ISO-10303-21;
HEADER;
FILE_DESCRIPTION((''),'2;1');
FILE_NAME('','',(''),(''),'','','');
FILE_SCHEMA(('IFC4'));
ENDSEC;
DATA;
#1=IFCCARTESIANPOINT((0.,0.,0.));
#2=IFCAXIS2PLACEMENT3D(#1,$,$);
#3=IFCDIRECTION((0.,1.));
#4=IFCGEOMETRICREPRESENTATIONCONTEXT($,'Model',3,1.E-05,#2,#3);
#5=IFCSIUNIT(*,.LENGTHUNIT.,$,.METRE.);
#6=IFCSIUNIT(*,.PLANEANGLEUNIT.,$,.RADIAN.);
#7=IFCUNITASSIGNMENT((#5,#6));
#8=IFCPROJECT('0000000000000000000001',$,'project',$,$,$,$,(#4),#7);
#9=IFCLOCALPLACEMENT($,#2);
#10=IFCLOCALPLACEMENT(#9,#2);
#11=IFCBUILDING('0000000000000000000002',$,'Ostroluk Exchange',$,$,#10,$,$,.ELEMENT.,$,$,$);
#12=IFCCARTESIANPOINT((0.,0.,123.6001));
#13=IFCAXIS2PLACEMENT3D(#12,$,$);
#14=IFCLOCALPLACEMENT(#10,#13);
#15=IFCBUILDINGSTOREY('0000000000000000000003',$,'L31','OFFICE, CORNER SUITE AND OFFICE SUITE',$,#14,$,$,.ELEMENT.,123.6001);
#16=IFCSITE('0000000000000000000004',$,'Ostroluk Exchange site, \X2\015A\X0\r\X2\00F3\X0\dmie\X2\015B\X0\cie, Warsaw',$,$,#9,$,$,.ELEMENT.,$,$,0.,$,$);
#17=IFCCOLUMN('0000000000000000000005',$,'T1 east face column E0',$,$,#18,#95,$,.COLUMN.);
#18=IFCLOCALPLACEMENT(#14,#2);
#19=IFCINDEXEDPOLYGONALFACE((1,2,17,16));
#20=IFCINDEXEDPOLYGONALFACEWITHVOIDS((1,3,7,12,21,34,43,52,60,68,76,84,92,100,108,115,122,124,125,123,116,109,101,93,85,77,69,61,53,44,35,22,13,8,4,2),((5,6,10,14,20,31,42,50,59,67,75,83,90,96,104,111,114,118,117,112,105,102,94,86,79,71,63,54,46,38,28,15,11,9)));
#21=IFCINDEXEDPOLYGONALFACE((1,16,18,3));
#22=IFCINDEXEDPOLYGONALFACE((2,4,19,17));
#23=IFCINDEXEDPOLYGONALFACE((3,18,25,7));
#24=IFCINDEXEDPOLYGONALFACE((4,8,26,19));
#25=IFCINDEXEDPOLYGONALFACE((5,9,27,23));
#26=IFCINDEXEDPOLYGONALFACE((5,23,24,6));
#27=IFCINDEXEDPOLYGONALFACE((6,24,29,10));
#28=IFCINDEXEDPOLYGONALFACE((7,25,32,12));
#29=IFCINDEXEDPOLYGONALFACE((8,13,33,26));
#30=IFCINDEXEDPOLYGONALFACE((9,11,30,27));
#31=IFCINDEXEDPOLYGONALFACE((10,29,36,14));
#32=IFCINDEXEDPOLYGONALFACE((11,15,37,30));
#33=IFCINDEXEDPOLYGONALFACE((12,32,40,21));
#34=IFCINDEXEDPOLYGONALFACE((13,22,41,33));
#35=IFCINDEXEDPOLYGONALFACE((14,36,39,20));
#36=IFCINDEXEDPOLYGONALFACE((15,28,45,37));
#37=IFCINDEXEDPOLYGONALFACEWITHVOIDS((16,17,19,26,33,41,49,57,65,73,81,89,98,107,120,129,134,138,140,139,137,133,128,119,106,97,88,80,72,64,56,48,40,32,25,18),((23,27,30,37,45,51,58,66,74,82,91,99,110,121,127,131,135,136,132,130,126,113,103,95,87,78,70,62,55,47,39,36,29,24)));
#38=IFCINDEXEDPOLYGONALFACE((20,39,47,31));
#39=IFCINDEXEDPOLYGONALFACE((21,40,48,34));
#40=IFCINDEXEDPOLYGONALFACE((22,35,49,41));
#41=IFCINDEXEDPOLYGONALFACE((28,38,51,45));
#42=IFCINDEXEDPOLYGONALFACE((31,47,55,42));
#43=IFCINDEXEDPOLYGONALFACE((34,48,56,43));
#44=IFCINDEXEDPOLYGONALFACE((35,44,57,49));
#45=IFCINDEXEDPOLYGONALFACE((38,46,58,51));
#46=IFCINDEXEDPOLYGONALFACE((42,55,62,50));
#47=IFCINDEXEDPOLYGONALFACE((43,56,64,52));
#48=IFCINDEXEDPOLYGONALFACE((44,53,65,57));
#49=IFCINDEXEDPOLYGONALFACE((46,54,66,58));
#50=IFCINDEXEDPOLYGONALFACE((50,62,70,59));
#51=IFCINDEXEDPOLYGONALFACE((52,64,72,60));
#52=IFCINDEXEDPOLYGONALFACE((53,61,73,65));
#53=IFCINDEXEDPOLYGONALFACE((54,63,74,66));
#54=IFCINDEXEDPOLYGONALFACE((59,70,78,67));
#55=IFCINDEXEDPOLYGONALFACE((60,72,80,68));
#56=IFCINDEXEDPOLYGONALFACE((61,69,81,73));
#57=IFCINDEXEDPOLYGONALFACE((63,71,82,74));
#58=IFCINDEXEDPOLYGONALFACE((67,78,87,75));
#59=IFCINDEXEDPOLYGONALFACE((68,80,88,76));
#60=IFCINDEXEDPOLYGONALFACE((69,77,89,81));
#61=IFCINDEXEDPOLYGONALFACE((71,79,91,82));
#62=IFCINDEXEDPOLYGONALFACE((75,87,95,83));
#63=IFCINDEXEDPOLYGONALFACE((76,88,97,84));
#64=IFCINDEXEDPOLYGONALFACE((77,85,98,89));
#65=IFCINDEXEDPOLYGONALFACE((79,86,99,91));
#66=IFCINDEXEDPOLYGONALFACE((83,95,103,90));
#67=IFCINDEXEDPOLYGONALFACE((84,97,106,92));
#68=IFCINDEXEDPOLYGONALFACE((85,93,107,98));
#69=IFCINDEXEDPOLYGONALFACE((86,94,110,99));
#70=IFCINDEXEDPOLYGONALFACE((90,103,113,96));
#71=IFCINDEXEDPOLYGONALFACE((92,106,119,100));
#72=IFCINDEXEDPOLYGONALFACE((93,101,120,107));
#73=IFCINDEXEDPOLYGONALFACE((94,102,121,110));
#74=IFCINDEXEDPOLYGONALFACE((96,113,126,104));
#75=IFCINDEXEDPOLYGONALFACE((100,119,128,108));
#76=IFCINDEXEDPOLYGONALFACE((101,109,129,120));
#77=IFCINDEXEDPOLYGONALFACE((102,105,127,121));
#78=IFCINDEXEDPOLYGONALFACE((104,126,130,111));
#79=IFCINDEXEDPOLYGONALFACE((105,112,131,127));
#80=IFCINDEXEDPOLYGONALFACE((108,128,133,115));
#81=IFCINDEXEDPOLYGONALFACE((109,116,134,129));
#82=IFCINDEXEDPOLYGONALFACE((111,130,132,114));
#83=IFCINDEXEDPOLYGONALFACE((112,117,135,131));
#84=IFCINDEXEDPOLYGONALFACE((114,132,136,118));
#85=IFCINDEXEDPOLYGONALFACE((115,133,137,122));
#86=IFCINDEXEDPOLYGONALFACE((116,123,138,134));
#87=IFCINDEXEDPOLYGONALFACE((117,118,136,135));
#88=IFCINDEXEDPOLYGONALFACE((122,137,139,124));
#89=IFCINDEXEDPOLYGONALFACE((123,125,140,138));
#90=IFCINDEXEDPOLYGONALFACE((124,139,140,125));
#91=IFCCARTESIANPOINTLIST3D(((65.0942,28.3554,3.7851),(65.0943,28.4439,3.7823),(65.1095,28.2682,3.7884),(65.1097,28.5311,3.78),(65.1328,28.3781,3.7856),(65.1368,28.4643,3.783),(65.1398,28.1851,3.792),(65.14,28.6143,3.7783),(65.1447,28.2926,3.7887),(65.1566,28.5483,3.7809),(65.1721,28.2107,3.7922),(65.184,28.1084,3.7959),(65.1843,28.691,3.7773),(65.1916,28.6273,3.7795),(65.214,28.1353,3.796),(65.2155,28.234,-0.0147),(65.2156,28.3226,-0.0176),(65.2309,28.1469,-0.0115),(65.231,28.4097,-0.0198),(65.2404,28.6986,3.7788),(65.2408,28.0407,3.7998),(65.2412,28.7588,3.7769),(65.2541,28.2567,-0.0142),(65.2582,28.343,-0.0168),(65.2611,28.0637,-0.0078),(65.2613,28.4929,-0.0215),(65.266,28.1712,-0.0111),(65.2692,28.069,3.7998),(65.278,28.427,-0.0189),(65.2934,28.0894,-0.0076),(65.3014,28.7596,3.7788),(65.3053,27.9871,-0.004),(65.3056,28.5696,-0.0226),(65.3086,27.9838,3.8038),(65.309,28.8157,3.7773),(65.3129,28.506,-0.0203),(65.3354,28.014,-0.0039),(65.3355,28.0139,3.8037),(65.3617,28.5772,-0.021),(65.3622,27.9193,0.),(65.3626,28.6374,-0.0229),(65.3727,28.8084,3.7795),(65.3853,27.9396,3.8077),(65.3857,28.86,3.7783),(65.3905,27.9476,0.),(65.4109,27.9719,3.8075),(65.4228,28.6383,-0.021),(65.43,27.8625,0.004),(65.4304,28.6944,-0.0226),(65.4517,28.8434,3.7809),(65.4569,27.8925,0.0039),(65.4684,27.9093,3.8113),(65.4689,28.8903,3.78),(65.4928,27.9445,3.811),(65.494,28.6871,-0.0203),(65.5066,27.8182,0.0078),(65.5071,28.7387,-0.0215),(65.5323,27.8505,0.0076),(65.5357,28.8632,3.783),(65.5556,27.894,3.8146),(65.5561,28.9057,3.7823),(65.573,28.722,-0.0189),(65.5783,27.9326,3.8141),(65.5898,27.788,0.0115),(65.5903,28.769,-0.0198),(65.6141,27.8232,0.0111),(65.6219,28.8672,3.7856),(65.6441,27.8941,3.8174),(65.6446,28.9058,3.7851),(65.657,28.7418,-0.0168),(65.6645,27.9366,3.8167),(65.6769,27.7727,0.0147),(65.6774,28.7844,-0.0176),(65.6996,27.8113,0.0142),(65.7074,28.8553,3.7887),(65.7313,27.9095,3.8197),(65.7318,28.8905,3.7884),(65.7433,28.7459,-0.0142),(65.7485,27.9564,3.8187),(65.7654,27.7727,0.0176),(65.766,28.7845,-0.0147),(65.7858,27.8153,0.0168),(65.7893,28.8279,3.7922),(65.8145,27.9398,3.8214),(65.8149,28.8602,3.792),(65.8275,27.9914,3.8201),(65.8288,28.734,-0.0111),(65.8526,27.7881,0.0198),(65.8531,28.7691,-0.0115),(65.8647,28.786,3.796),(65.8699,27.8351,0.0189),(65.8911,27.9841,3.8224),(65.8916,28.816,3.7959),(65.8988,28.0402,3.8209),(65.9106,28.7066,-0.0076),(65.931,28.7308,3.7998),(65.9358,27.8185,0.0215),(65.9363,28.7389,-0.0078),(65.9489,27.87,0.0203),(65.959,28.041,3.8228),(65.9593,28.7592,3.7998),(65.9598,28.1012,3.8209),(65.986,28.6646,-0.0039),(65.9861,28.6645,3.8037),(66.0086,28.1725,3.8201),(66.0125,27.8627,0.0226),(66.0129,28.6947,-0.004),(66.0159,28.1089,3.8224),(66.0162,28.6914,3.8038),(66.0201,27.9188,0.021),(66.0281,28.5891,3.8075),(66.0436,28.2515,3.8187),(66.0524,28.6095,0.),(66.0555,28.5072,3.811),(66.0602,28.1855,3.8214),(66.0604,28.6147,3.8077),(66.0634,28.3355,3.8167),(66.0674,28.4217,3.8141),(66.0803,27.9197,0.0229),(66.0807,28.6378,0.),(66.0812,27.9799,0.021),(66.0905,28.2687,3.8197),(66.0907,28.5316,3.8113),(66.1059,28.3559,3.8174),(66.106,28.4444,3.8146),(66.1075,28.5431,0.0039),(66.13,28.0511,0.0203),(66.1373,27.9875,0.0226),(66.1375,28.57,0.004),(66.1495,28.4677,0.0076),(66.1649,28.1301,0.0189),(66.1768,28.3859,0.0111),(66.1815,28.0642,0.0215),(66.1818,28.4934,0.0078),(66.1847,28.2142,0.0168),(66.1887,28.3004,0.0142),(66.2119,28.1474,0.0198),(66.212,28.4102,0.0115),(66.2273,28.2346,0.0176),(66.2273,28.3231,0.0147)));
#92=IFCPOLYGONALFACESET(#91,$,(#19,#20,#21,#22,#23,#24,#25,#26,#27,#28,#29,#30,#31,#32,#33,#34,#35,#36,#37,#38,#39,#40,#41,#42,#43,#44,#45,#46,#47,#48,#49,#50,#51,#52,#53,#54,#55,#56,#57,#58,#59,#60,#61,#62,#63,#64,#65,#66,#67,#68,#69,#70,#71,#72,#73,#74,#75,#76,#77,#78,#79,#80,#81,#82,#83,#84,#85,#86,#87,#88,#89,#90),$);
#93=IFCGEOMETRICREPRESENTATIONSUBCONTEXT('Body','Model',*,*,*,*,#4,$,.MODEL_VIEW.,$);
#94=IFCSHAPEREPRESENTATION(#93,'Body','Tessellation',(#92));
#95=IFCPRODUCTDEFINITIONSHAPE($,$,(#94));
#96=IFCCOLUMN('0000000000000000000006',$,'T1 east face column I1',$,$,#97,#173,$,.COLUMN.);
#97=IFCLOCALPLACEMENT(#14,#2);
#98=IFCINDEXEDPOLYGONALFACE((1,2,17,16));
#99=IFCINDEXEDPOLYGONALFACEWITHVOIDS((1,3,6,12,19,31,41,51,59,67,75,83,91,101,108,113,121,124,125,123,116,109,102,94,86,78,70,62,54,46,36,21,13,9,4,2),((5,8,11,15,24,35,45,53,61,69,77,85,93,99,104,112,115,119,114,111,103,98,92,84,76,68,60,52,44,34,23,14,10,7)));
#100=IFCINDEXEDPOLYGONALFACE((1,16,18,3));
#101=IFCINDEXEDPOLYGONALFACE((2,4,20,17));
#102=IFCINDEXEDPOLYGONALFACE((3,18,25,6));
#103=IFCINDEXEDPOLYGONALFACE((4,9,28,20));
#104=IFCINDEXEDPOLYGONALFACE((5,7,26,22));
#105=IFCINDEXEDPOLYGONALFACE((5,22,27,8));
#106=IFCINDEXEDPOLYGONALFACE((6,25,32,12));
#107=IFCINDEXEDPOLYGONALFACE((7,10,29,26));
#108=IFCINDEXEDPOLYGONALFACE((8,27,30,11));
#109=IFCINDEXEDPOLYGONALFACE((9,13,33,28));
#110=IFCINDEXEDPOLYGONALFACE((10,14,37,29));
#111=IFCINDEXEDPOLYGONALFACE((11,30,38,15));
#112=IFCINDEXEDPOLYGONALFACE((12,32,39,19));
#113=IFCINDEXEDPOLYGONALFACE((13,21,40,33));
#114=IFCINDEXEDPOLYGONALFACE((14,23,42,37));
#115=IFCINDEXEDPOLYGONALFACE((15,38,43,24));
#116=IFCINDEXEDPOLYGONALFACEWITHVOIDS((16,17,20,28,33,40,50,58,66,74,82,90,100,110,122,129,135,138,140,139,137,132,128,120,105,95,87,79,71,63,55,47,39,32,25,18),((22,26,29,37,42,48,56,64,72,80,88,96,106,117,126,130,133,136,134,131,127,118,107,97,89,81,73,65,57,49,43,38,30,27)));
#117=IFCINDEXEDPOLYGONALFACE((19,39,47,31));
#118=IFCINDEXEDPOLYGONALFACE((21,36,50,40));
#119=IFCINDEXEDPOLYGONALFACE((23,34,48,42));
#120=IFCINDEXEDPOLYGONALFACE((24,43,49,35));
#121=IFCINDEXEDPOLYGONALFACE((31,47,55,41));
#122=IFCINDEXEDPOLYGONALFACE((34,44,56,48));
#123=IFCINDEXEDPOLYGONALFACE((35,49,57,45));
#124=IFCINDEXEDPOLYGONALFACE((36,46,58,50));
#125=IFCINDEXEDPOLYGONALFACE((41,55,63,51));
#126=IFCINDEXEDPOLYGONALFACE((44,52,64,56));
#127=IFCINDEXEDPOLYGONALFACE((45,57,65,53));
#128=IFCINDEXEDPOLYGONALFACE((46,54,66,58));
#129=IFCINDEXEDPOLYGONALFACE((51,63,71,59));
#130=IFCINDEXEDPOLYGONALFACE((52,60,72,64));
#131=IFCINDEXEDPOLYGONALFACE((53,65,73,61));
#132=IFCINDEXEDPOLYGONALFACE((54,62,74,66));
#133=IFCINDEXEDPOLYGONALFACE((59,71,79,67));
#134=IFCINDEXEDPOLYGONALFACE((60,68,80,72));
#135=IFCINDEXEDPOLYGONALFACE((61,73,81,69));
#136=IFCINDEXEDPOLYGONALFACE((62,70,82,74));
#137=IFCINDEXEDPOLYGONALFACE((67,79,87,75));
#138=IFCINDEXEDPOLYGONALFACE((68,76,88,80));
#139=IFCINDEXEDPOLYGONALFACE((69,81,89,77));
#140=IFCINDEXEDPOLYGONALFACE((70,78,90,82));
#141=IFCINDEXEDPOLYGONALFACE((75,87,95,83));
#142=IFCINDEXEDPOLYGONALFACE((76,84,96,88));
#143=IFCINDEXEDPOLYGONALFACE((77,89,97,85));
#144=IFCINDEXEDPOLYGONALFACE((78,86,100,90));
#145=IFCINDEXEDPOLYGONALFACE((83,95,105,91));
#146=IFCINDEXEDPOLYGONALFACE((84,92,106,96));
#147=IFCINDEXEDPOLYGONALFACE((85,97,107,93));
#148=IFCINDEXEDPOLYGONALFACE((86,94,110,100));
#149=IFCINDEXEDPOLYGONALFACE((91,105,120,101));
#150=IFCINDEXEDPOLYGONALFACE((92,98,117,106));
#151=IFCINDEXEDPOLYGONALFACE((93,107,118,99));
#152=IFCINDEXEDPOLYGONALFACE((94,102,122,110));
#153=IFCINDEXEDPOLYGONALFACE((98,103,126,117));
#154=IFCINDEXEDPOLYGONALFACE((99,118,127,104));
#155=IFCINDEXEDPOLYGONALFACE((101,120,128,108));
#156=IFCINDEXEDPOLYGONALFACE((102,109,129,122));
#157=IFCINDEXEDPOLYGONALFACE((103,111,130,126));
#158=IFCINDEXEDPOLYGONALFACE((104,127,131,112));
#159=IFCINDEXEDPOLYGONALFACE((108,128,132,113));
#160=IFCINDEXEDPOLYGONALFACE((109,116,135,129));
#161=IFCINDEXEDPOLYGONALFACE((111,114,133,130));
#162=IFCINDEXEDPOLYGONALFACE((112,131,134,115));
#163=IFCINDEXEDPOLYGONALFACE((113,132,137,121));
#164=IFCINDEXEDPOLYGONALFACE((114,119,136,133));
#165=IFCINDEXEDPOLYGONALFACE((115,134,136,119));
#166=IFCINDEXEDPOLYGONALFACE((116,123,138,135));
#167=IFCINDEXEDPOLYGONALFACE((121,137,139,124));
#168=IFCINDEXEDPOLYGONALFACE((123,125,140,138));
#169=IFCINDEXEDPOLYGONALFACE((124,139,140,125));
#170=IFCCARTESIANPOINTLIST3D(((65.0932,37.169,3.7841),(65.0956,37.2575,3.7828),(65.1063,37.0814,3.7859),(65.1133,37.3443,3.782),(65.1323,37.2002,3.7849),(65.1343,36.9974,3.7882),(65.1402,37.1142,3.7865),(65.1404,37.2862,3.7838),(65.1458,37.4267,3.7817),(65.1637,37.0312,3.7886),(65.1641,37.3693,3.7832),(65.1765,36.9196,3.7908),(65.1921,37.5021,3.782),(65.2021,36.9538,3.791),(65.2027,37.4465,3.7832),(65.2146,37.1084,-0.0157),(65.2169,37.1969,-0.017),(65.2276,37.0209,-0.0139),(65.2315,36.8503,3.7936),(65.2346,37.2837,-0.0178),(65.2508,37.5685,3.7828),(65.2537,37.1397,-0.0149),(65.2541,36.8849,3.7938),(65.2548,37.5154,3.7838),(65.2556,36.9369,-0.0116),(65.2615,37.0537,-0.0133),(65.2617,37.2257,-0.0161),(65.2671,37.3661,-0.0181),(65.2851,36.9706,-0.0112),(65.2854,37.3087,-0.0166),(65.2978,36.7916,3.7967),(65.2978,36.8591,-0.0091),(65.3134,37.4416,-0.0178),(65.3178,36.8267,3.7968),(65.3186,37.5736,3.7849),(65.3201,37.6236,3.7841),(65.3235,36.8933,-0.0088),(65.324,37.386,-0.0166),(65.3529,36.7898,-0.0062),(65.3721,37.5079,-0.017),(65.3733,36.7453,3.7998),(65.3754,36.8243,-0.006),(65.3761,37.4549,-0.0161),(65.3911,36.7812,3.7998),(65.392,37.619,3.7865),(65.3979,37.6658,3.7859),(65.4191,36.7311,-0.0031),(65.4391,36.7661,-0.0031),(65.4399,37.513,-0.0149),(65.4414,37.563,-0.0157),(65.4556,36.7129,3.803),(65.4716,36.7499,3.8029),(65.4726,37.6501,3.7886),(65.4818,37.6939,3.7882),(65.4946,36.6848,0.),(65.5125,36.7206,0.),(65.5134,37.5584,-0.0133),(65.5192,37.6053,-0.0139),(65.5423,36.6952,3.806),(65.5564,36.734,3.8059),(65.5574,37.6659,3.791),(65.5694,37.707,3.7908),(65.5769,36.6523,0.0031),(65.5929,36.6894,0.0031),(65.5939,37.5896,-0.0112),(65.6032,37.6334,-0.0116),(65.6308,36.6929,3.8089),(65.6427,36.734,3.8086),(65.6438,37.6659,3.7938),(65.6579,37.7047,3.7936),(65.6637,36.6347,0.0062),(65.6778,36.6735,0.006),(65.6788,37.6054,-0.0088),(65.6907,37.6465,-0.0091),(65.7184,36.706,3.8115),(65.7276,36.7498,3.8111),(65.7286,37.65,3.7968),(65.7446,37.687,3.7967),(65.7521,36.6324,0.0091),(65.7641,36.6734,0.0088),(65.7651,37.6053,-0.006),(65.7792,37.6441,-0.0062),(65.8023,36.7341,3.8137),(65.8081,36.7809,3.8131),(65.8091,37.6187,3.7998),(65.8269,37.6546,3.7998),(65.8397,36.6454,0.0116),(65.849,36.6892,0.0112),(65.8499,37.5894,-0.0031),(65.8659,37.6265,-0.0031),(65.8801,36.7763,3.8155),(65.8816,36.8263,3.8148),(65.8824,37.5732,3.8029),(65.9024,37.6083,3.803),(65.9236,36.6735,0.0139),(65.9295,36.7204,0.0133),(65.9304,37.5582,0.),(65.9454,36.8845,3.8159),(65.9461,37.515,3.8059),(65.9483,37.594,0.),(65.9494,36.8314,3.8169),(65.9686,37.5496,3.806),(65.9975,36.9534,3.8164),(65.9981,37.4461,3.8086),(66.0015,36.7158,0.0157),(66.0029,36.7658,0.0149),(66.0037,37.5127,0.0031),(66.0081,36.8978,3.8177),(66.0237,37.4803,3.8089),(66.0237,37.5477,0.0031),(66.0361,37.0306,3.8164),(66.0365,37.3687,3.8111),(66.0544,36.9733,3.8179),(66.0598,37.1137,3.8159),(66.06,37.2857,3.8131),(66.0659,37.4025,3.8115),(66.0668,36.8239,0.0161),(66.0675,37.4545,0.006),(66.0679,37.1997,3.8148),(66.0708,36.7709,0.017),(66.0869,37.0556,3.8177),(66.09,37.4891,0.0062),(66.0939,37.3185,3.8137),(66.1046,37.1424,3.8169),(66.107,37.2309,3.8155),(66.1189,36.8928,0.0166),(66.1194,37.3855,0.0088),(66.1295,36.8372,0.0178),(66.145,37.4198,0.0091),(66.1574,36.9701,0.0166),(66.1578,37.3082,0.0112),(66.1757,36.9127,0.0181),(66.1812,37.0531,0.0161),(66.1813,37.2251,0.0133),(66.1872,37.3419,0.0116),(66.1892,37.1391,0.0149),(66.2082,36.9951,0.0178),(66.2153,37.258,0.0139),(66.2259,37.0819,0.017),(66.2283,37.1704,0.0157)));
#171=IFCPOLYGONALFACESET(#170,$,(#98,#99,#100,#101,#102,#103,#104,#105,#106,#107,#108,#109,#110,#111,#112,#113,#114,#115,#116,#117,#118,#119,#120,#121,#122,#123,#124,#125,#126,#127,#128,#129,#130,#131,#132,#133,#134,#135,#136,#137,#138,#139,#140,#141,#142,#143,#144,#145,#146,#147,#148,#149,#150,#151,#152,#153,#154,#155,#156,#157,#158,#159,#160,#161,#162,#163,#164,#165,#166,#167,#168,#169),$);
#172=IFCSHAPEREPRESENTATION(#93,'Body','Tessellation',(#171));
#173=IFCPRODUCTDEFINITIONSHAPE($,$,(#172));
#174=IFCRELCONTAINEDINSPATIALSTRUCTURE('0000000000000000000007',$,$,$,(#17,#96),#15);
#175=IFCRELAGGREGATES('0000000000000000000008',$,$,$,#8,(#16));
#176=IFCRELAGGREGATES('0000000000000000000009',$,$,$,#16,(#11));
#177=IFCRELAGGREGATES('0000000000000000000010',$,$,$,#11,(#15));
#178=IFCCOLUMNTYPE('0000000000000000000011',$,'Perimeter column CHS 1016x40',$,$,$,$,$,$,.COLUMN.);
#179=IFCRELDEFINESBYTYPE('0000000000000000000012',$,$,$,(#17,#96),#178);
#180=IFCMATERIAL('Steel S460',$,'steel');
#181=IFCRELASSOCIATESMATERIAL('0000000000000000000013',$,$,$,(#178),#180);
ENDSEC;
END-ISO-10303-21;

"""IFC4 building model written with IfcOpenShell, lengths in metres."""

from ifc_helpers import new_model, si_unit, direction, frame, origin, origin_2d, place, context, subcontext, project, spatial, hollow_circle, extrude, material, material_profile, profile_set, type_object, element, save


model = new_model("IFC4")

# Units and contexts
model_context = context("Model", 3, precision=1e-05, world=origin(), true_north=direction((0.0, 1.0)))
body_context = subcontext(model_context, "Body", "Model", "MODEL_VIEW")
ifc_project = project(units=[si_unit("LENGTHUNIT", "METRE"), si_unit("PLANEANGLEUNIT", "RADIAN")], contexts=[model_context])

# Site, building, storey
site_placement = place(None, origin())
site = spatial("IfcSite", under=ifc_project, at=site_placement, Name="Ostroluk Exchange site, Śródmieście, Warsaw", CompositionType="ELEMENT", RefElevation=0.0)
building_placement = place(site_placement, origin())
building = spatial("IfcBuilding", under=site, at=building_placement, Name="Ostroluk Exchange", CompositionType="ELEMENT")
storey_placement = place(building_placement, frame((0.0, 0.0, 123.6001)))
storey = spatial("IfcBuildingStorey", under=building, at=storey_placement, Name="L31", Description="OFFICE, CORNER SUITE AND OFFICE SUITE", CompositionType="ELEMENT", Elevation=123.6001)

# Columns
ifc_material_1 = material(Name="Steel S460", Category="steel")
ifc_material_profile_1 = material_profile(ifc_material_1, hollow_circle(Radius=0.5081, WallThickness=0.04, at=origin_2d()), Name="CHS 1016x40")
ifc_profile_set_1 = profile_set([ifc_material_profile_1], Name="Steel S460")
column_type_1 = type_object("IfcColumnType", Name="Perimeter column CHS 1016x40", PredefinedType="COLUMN", material=ifc_profile_set_1)
column_1_placement = place(storey_placement, frame((65.7214, 28.2786, 0.0), z_axis=(-0.0319, 0.0319, 0.998982), x_axis=(-0.707107, -0.707107, 0.0)))
element("IfcColumn", 1, at=column_1_placement, inside=storey, type_object=column_type_1, Name="T1 east face column E0", PredefinedType="COLUMN", context=body_context, shape_type="SweptSolid", body=[
    extrude(hollow_circle(Radius=0.5081, WallThickness=0.04, at=origin_2d()), origin(), (0.0, 0.0, 1.0), 3.8037),
])
column_2_placement = place(storey_placement, frame((65.7214, 37.1394, 0.0), z_axis=(-0.031912, 0.015924, 0.999364), x_axis=(-0.446493, -0.894787, 0.0)))
element("IfcColumn", 2, at=column_2_placement, inside=storey, type_object=column_type_1, Name="T1 east face column I1", PredefinedType="COLUMN", context=body_context, shape_type="SweptSolid", body=[
    extrude(hollow_circle(Radius=0.5081, WallThickness=0.04, at=origin_2d()), origin(), (0.0, 0.0, 1.0), 3.8022),
])

save(model, "model.ifc")
